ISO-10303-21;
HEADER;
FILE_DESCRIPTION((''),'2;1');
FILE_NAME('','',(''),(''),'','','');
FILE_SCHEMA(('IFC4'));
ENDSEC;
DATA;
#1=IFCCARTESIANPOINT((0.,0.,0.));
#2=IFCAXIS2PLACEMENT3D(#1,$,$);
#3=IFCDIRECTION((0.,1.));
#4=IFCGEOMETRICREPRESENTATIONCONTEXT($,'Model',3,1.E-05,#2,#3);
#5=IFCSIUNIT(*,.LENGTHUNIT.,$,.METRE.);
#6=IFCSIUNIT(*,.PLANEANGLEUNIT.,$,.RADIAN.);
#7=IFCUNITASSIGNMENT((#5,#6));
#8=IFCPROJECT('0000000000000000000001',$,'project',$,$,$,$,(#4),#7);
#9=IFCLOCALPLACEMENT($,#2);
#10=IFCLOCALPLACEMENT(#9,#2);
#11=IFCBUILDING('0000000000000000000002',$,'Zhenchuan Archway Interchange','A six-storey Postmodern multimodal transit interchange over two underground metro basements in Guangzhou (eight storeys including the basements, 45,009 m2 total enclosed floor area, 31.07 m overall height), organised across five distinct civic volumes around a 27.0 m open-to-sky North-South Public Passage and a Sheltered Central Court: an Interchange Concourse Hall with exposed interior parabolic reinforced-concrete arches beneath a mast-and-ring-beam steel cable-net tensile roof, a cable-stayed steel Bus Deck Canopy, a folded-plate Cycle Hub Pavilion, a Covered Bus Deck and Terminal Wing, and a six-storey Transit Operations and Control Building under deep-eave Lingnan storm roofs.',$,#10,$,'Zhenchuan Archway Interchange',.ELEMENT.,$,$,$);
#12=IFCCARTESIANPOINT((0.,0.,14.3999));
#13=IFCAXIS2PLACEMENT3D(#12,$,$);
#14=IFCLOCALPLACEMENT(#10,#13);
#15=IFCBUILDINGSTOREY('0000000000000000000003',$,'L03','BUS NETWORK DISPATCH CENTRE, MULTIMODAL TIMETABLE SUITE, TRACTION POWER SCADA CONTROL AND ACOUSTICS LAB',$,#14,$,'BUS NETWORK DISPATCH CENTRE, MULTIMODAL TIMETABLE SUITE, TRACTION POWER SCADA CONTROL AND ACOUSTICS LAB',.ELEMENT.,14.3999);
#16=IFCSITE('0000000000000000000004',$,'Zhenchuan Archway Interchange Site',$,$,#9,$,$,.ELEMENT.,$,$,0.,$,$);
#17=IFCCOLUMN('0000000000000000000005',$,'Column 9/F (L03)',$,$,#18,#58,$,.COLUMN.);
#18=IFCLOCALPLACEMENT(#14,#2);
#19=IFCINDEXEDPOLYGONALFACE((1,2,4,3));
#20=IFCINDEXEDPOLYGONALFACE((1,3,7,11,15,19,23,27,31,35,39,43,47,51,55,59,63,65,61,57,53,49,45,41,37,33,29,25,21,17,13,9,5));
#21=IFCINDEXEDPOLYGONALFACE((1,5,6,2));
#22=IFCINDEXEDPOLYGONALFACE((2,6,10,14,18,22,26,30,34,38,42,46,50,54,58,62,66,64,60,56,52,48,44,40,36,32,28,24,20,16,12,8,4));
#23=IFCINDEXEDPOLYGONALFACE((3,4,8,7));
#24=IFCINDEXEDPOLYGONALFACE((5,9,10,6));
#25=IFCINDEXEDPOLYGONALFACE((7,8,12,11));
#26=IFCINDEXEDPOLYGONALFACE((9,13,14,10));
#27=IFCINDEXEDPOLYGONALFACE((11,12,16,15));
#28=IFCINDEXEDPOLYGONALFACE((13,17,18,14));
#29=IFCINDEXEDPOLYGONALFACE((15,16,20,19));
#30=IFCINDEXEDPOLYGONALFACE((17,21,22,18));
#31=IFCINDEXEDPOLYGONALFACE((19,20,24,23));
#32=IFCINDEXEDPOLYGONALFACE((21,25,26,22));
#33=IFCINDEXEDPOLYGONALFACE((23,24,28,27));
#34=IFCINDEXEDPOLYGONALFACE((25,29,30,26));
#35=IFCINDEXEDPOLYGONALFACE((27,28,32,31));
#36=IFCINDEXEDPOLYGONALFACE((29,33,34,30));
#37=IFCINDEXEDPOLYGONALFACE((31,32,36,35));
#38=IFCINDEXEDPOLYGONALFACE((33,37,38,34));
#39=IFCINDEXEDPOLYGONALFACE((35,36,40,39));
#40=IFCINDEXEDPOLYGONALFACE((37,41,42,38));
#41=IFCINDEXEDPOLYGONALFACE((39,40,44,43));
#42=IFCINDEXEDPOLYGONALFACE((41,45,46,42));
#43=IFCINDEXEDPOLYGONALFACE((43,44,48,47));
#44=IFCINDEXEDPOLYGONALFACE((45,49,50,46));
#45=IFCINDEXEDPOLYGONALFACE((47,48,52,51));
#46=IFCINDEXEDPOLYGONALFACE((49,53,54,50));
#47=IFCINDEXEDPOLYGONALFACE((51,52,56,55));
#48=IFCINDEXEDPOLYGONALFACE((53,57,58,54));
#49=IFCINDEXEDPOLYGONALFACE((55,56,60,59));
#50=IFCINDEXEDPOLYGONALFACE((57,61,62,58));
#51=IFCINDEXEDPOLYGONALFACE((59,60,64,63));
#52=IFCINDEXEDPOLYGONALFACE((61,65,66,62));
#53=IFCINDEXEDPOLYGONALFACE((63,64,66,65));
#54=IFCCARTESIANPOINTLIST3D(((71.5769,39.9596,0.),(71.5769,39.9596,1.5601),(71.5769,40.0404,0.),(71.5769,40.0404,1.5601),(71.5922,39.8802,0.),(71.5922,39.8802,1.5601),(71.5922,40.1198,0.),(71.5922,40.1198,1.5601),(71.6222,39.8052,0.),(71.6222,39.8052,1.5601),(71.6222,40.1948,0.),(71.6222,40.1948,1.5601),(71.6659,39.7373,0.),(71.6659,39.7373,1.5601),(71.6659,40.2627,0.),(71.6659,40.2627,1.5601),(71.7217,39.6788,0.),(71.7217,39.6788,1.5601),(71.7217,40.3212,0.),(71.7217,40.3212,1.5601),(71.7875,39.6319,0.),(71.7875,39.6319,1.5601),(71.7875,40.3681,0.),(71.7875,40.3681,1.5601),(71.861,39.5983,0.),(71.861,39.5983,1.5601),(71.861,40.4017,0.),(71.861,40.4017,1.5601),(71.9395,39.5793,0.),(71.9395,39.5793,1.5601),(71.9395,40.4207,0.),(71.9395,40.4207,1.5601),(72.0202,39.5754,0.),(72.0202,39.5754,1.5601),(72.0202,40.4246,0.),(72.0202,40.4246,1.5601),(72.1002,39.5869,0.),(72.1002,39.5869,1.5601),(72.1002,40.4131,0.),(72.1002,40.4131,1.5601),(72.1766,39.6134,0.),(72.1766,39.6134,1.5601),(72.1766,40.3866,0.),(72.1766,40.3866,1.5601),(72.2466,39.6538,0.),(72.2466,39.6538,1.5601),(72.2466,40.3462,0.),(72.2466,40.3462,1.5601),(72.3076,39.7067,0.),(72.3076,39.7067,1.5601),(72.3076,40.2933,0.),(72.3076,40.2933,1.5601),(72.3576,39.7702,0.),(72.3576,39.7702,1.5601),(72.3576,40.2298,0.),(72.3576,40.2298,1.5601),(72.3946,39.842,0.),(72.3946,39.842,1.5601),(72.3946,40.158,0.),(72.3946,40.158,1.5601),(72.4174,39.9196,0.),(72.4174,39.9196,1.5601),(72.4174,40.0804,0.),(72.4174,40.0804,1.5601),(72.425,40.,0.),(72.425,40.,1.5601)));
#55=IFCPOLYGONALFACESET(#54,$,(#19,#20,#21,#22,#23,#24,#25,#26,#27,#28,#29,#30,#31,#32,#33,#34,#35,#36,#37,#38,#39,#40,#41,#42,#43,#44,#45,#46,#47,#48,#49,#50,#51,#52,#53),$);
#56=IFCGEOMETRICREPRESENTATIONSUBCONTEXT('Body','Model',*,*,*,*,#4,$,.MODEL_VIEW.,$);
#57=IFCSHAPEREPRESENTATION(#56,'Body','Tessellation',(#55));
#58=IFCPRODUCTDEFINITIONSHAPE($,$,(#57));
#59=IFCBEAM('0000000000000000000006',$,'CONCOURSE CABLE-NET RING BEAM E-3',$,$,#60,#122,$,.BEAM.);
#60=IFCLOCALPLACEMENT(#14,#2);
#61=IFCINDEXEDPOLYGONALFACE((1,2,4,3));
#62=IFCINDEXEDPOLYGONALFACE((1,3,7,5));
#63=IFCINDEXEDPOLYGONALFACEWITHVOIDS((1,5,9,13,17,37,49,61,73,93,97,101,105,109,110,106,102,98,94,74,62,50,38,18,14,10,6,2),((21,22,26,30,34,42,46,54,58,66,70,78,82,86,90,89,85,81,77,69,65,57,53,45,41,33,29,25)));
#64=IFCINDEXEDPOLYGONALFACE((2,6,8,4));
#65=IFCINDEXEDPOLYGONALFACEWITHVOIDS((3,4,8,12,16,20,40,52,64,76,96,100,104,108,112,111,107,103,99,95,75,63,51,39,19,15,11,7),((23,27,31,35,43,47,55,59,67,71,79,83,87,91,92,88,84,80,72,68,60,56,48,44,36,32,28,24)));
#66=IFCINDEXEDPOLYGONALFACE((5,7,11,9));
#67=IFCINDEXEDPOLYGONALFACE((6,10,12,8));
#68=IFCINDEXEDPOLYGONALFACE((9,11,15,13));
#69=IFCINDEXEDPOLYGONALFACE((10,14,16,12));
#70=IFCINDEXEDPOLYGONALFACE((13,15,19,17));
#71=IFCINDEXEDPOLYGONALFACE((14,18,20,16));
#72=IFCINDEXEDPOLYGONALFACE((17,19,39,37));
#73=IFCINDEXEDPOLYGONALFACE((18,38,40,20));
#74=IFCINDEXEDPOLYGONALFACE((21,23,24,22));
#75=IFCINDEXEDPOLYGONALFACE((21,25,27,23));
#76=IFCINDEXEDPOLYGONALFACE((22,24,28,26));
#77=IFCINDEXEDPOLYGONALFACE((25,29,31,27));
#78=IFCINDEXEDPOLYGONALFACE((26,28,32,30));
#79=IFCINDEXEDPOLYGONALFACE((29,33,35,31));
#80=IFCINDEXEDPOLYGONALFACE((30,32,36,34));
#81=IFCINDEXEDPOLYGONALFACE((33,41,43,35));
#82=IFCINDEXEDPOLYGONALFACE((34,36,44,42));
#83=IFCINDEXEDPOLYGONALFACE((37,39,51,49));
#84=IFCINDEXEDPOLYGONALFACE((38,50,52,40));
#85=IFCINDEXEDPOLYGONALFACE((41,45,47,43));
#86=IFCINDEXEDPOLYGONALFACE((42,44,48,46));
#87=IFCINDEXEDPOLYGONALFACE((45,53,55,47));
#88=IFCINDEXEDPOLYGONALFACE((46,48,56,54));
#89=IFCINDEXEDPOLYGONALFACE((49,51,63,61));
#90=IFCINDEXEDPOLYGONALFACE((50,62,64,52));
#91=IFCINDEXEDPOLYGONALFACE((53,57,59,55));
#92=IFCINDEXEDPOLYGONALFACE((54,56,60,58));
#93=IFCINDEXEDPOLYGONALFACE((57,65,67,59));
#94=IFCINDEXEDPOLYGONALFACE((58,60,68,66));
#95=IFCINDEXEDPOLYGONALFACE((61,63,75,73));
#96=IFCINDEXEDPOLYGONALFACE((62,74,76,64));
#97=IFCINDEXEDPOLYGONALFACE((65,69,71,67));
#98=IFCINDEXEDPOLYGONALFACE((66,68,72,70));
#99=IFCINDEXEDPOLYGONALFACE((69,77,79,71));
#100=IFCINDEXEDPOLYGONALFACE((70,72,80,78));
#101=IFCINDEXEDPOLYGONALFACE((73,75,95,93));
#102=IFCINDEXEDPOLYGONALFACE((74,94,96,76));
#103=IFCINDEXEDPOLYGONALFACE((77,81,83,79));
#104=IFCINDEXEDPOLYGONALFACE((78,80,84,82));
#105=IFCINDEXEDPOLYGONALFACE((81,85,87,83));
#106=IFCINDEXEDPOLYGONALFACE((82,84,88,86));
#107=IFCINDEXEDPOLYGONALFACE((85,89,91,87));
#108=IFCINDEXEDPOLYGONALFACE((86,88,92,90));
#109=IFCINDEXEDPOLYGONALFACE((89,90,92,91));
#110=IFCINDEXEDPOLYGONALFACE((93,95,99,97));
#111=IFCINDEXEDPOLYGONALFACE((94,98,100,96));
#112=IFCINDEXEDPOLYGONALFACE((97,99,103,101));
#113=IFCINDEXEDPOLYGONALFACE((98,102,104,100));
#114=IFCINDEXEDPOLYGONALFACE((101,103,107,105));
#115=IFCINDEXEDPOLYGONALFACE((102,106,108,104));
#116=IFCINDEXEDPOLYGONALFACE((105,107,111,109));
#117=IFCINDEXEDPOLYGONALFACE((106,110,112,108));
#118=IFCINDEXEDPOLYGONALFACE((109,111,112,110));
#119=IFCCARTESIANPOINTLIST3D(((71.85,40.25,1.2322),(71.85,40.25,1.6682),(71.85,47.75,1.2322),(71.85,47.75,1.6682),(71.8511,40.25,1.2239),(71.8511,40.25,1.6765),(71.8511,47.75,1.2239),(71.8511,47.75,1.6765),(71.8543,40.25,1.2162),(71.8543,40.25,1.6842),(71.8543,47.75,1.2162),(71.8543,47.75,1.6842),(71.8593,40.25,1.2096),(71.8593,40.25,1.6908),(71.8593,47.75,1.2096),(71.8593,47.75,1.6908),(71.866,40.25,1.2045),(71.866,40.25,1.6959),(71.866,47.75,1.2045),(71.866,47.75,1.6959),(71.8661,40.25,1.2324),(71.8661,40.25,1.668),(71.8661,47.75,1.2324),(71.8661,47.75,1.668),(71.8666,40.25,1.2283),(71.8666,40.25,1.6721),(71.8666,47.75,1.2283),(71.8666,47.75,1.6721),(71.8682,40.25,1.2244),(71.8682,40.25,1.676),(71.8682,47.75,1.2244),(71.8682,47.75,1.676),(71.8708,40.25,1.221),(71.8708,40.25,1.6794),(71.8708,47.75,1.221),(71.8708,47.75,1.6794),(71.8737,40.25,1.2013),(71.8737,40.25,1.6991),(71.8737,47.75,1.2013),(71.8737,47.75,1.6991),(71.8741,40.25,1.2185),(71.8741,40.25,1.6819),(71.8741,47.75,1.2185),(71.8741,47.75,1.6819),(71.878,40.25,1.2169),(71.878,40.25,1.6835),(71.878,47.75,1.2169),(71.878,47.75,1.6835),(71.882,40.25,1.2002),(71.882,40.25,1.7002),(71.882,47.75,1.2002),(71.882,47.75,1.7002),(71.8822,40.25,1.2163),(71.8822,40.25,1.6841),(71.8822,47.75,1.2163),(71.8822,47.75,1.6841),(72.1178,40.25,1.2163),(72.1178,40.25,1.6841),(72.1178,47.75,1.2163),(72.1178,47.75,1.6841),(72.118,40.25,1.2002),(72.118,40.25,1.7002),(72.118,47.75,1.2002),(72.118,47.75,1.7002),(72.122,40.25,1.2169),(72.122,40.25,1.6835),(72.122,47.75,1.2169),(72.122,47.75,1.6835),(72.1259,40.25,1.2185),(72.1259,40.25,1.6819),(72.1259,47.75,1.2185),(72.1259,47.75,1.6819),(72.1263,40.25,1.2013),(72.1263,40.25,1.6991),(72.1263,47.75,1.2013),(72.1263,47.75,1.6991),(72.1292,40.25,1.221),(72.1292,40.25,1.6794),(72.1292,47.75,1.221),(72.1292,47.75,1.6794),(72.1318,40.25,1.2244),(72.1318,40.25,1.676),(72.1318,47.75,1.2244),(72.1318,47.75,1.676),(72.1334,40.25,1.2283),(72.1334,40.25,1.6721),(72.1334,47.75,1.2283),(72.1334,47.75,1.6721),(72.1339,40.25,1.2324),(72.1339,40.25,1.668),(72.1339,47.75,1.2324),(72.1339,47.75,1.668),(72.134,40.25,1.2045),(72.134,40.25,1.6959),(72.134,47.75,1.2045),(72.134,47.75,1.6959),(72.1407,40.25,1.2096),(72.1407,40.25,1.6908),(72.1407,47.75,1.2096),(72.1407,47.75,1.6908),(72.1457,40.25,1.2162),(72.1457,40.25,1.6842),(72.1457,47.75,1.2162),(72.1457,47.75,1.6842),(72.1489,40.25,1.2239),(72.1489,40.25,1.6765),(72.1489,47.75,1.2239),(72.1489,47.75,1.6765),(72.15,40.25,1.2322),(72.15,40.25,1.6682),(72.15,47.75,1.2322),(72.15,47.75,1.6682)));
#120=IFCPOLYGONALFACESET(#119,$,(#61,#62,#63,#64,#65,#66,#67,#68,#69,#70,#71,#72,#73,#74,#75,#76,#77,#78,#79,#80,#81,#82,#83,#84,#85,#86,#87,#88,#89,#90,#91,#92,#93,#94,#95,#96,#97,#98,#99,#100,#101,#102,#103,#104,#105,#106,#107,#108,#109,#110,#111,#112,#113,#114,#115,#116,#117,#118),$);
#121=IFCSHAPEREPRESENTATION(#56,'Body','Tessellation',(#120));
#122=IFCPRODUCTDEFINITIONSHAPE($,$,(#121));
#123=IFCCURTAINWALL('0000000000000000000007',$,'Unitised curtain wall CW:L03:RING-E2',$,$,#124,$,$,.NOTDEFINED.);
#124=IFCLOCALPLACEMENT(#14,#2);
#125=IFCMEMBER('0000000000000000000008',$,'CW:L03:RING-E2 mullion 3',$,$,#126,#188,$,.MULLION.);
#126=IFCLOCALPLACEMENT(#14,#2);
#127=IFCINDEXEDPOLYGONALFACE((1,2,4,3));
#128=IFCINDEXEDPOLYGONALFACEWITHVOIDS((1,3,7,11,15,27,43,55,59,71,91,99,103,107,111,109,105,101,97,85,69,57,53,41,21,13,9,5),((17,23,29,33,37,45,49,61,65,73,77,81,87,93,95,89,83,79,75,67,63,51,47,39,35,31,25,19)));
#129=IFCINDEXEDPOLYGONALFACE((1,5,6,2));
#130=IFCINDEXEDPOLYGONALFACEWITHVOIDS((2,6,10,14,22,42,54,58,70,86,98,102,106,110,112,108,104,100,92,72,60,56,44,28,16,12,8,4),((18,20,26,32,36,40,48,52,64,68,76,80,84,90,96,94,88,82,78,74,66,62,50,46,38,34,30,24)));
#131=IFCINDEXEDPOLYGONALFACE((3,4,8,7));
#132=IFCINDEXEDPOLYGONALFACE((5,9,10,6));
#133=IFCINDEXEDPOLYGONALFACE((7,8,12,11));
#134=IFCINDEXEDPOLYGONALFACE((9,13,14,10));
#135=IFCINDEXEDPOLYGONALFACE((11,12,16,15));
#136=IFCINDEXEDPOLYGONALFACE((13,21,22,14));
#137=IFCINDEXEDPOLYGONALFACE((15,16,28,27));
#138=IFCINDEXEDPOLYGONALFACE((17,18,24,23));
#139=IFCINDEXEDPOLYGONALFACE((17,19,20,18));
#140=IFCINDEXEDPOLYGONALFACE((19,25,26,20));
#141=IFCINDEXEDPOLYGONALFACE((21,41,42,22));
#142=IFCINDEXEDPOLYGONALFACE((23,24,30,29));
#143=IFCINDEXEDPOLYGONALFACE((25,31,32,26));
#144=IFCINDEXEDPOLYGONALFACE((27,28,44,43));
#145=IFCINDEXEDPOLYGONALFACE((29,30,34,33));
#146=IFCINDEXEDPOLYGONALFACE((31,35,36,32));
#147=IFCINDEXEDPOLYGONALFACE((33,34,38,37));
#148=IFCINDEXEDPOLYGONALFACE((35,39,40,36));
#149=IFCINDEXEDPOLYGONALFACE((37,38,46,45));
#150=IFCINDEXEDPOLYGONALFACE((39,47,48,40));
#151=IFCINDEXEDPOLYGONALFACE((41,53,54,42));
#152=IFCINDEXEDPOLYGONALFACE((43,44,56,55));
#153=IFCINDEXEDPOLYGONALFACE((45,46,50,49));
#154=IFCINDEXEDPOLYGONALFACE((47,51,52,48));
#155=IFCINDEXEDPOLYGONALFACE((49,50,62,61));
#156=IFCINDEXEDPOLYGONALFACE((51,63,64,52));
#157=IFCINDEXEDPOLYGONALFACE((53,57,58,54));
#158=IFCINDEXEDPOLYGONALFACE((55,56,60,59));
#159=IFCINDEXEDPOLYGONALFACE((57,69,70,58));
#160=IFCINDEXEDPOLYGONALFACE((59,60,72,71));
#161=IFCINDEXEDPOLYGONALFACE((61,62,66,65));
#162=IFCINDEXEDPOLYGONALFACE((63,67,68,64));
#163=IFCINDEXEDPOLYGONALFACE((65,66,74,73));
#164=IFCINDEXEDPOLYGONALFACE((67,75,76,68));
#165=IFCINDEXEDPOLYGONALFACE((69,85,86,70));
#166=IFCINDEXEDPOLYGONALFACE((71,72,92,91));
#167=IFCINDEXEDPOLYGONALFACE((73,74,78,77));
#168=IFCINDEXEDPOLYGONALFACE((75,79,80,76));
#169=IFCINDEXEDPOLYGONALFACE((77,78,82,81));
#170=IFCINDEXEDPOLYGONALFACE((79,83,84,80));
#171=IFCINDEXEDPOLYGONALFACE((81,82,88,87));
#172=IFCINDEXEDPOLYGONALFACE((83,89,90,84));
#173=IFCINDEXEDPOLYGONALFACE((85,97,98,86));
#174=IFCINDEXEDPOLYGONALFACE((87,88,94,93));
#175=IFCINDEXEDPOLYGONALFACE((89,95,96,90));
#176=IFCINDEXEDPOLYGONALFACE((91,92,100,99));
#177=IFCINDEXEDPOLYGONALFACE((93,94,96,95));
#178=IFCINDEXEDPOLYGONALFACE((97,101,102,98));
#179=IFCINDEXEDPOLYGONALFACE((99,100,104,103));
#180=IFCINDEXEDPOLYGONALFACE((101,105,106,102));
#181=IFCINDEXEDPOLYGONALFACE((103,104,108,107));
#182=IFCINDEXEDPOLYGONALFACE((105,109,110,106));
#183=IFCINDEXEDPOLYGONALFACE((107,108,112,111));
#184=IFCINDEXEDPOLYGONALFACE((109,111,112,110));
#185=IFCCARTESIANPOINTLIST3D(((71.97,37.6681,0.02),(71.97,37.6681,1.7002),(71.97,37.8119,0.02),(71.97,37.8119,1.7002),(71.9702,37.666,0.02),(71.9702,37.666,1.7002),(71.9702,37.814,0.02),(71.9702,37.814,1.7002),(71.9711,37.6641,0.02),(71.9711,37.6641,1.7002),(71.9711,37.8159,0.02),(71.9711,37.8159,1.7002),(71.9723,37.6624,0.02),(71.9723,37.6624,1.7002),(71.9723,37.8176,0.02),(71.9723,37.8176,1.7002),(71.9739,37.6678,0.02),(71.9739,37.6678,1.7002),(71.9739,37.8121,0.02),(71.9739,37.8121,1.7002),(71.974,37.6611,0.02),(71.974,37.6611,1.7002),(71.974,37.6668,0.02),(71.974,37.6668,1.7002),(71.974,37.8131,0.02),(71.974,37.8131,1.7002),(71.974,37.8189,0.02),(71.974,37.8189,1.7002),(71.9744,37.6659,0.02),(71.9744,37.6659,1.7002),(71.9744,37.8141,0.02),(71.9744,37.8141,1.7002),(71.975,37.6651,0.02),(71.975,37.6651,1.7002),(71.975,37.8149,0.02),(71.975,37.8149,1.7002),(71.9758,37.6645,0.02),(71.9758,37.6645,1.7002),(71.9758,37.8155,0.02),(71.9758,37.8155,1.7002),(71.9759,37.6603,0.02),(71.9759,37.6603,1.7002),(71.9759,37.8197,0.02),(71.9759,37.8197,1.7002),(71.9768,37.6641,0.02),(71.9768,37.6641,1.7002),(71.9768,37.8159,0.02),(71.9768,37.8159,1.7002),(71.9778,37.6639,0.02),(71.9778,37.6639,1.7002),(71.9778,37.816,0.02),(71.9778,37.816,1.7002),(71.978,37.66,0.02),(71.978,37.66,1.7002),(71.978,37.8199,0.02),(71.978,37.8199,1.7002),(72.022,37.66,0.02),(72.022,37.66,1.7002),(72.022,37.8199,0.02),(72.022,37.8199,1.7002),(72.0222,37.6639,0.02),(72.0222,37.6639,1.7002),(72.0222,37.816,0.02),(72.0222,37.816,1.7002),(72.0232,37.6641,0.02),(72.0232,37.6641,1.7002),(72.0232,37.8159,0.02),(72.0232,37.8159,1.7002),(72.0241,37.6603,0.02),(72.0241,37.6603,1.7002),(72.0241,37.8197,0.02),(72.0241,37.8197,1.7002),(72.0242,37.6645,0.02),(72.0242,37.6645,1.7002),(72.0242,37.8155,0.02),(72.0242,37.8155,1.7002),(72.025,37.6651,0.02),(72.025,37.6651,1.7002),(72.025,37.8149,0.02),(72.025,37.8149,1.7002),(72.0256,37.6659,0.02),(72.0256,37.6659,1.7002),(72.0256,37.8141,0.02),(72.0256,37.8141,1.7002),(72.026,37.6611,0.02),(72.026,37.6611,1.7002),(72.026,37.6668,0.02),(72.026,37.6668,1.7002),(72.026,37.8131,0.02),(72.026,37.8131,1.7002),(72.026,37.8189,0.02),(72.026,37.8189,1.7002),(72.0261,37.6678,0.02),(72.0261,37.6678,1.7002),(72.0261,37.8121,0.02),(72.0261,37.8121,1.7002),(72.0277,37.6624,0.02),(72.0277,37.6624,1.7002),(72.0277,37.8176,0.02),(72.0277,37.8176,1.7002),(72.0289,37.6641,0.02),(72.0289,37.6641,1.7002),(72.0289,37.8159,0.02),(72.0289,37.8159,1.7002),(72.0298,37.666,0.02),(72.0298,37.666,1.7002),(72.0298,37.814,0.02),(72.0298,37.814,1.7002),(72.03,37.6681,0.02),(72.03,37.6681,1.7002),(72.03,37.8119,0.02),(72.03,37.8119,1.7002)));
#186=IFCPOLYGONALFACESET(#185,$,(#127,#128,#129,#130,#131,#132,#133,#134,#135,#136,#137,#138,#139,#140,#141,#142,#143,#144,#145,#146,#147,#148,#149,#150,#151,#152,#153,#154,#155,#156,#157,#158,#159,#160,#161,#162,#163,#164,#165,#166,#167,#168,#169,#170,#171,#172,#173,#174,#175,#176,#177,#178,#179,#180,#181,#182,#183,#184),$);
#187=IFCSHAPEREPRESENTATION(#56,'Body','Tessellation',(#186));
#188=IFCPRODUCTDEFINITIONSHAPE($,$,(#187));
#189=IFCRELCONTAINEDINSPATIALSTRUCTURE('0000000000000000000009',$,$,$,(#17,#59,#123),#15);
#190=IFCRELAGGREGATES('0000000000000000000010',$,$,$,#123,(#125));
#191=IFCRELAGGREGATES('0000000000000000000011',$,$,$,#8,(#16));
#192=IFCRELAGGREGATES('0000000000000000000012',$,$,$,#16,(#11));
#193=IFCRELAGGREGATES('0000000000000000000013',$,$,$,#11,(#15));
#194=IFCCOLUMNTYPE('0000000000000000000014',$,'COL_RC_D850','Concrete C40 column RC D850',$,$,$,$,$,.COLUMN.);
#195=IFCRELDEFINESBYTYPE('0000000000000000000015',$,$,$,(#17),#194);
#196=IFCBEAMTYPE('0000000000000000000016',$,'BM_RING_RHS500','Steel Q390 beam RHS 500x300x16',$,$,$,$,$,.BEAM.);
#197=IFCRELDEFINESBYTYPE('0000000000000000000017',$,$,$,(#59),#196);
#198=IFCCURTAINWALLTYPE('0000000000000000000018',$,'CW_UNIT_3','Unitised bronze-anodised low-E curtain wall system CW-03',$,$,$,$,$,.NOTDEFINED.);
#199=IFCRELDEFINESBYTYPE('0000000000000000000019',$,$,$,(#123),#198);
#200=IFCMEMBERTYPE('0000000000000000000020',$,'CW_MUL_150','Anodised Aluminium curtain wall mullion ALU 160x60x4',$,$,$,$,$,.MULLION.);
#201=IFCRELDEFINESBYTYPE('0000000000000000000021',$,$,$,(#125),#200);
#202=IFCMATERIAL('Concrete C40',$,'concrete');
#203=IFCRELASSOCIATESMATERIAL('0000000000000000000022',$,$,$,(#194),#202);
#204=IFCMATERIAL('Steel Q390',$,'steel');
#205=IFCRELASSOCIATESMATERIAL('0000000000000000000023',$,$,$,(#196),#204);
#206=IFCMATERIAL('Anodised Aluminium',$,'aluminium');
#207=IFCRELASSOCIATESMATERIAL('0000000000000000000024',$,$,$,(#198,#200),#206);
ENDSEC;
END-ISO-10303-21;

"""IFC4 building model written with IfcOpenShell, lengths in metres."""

from ifc_helpers import new_model, si_unit, direction, frame, origin, origin_2d, place, context, subcontext, project, spatial, hollow_rectangle, circle, extrude, material, material_profile, profile_set, type_object, element, aggregate, save


model = new_model("IFC4")

# Units and contexts
model_context = context("Model", 3, precision=1e-05, world=origin(), true_north=direction((0.0, 1.0)))
body_context = subcontext(model_context, "Body", "Model", "MODEL_VIEW")
ifc_project = project(units=[si_unit("LENGTHUNIT", "METRE"), si_unit("PLANEANGLEUNIT", "RADIAN")], contexts=[model_context])

# Site, building, storey
site_placement = place(None, origin())
site = spatial("IfcSite", under=ifc_project, at=site_placement, Name="Zhenchuan Archway Interchange Site", CompositionType="ELEMENT", RefElevation=0.0)
building_placement = place(site_placement, origin())
building = spatial("IfcBuilding", under=site, at=building_placement, Name="Zhenchuan Archway Interchange", Description="A six-storey Postmodern multimodal transit interchange over two underground metro basements in Guangzhou (eight storeys including the basements, 45,009 m2 total enclosed floor area, 31.07 m overall height), organised across five distinct civic volumes around a 27.0 m open-to-sky North-South Public Passage and a Sheltered Central Court: an Interchange Concourse Hall with exposed interior parabolic reinforced-concrete arches beneath a mast-and-ring-beam steel cable-net tensile roof, a cable-stayed steel Bus Deck Canopy, a folded-plate Cycle Hub Pavilion, a Covered Bus Deck and Terminal Wing, and a six-storey Transit Operations and Control Building under deep-eave Lingnan storm roofs.", LongName="Zhenchuan Archway Interchange", CompositionType="ELEMENT")
storey_placement = place(building_placement, frame((0.0, 0.0, 14.3999)))
storey = spatial("IfcBuildingStorey", under=building, at=storey_placement, Name="L03", Description="BUS NETWORK DISPATCH CENTRE, MULTIMODAL TIMETABLE SUITE, TRACTION POWER SCADA CONTROL AND ACOUSTICS LAB", LongName="BUS NETWORK DISPATCH CENTRE, MULTIMODAL TIMETABLE SUITE, TRACTION POWER SCADA CONTROL AND ACOUSTICS LAB", CompositionType="ELEMENT", Elevation=14.3999)

# Column
ifc_material_1 = material(Name="Concrete C40", Category="concrete")
ifc_material_profile_1 = material_profile(ifc_material_1, circle(Radius=0.425, at=origin_2d()), Name="RC D850")
ifc_profile_set_1 = profile_set([ifc_material_profile_1], Name="Concrete C40")
column_type = type_object("IfcColumnType", Name="COL_RC_D850", Description="Concrete C40 column RC D850", PredefinedType="COLUMN", material=ifc_profile_set_1)
column_placement = place(storey_placement, frame((72.0, 40.0, 0.0), z_axis=(0.0, 0.0, 1.0), x_axis=(1.0, 0.0, 0.0)))
element("IfcColumn", 1, at=column_placement, inside=storey, type_object=column_type, Name="Column 9/F (L03)", PredefinedType="COLUMN", context=body_context, shape_type="SweptSolid", body=[
    extrude(circle(Radius=0.425, at=origin_2d()), origin(), (0.0, 0.0, 1.0), 1.5601),
])

# Beam
ifc_material_2 = material(Name="Steel Q390", Category="steel")
ifc_material_profile_2 = material_profile(ifc_material_2, hollow_rectangle(XDim=0.3, YDim=0.5, WallThickness=0.0161, InnerFilletRadius=0.0161, OuterFilletRadius=0.032, at=origin_2d()), Name="RHS 500x300x16")
ifc_profile_set_2 = profile_set([ifc_material_profile_2], Name="Steel Q390")
beam_type = type_object("IfcBeamType", Name="BM_RING_RHS500", Description="Steel Q390 beam RHS 500x300x16", PredefinedType="BEAM", material=ifc_profile_set_2)
beam_placement = place(storey_placement, frame((72.0, 40.25, 1.4502), z_axis=(0.0, 1.0, 0.0), x_axis=(-1.0, 0.0, 0.0)))
element("IfcBeam", 2, at=beam_placement, inside=storey, type_object=beam_type, Name="CONCOURSE CABLE-NET RING BEAM E-3", PredefinedType="BEAM", context=body_context, shape_type="SweptSolid", body=[
    extrude(hollow_rectangle(XDim=0.3, YDim=0.5, WallThickness=0.0161, InnerFilletRadius=0.0161, OuterFilletRadius=0.032, at=origin_2d()), origin(), (0.0, 0.0, 1.0), 7.5),
])

# Curtain wall, member
ifc_material_3 = material(Name="Anodised Aluminium", Category="aluminium")
curtain_wall_type = type_object("IfcCurtainWallType", Name="CW_UNIT_3", Description="Unitised bronze-anodised low-E curtain wall system CW-03", PredefinedType="NOTDEFINED", material=ifc_material_3)
curtain_wall_1_placement = place(storey_placement, origin())
curtain_wall_1 = element("IfcCurtainWall", 3, at=curtain_wall_1_placement, inside=storey, type_object=curtain_wall_type, Name="Unitised curtain wall CW:L03:RING-E2", PredefinedType="NOTDEFINED")
ifc_material_profile_3 = material_profile(ifc_material_3, hollow_rectangle(XDim=0.0601, YDim=0.1599, WallThickness=0.0039, InnerFilletRadius=0.0039, OuterFilletRadius=0.0081, at=origin_2d()), Name="ALU 160x60x4")
ifc_profile_set_3 = profile_set([ifc_material_profile_3], Name="Anodised Aluminium")
member_type_1 = type_object("IfcMemberType", Name="CW_MUL_150", Description="Anodised Aluminium curtain wall mullion ALU 160x60x4", PredefinedType="MULLION", material=ifc_profile_set_3)
member_1_placement = place(storey_placement, frame((72.0, 37.74, 0.02), z_axis=(0.0, 0.0, 1.0), x_axis=(1.0, 0.0, 0.0)))
member_1 = element("IfcMember", 4, at=member_1_placement, type_object=member_type_1, Name="CW:L03:RING-E2 mullion 3", PredefinedType="MULLION", context=body_context, shape_type="SweptSolid", body=[
    extrude(hollow_rectangle(XDim=0.0601, YDim=0.1599, WallThickness=0.0039, InnerFilletRadius=0.0039, OuterFilletRadius=0.0081, at=origin_2d()), origin(), (0.0, 0.0, 1.0), 1.6802),
])

aggregate(curtain_wall_1, [member_1])

save(model, "model.ifc")
